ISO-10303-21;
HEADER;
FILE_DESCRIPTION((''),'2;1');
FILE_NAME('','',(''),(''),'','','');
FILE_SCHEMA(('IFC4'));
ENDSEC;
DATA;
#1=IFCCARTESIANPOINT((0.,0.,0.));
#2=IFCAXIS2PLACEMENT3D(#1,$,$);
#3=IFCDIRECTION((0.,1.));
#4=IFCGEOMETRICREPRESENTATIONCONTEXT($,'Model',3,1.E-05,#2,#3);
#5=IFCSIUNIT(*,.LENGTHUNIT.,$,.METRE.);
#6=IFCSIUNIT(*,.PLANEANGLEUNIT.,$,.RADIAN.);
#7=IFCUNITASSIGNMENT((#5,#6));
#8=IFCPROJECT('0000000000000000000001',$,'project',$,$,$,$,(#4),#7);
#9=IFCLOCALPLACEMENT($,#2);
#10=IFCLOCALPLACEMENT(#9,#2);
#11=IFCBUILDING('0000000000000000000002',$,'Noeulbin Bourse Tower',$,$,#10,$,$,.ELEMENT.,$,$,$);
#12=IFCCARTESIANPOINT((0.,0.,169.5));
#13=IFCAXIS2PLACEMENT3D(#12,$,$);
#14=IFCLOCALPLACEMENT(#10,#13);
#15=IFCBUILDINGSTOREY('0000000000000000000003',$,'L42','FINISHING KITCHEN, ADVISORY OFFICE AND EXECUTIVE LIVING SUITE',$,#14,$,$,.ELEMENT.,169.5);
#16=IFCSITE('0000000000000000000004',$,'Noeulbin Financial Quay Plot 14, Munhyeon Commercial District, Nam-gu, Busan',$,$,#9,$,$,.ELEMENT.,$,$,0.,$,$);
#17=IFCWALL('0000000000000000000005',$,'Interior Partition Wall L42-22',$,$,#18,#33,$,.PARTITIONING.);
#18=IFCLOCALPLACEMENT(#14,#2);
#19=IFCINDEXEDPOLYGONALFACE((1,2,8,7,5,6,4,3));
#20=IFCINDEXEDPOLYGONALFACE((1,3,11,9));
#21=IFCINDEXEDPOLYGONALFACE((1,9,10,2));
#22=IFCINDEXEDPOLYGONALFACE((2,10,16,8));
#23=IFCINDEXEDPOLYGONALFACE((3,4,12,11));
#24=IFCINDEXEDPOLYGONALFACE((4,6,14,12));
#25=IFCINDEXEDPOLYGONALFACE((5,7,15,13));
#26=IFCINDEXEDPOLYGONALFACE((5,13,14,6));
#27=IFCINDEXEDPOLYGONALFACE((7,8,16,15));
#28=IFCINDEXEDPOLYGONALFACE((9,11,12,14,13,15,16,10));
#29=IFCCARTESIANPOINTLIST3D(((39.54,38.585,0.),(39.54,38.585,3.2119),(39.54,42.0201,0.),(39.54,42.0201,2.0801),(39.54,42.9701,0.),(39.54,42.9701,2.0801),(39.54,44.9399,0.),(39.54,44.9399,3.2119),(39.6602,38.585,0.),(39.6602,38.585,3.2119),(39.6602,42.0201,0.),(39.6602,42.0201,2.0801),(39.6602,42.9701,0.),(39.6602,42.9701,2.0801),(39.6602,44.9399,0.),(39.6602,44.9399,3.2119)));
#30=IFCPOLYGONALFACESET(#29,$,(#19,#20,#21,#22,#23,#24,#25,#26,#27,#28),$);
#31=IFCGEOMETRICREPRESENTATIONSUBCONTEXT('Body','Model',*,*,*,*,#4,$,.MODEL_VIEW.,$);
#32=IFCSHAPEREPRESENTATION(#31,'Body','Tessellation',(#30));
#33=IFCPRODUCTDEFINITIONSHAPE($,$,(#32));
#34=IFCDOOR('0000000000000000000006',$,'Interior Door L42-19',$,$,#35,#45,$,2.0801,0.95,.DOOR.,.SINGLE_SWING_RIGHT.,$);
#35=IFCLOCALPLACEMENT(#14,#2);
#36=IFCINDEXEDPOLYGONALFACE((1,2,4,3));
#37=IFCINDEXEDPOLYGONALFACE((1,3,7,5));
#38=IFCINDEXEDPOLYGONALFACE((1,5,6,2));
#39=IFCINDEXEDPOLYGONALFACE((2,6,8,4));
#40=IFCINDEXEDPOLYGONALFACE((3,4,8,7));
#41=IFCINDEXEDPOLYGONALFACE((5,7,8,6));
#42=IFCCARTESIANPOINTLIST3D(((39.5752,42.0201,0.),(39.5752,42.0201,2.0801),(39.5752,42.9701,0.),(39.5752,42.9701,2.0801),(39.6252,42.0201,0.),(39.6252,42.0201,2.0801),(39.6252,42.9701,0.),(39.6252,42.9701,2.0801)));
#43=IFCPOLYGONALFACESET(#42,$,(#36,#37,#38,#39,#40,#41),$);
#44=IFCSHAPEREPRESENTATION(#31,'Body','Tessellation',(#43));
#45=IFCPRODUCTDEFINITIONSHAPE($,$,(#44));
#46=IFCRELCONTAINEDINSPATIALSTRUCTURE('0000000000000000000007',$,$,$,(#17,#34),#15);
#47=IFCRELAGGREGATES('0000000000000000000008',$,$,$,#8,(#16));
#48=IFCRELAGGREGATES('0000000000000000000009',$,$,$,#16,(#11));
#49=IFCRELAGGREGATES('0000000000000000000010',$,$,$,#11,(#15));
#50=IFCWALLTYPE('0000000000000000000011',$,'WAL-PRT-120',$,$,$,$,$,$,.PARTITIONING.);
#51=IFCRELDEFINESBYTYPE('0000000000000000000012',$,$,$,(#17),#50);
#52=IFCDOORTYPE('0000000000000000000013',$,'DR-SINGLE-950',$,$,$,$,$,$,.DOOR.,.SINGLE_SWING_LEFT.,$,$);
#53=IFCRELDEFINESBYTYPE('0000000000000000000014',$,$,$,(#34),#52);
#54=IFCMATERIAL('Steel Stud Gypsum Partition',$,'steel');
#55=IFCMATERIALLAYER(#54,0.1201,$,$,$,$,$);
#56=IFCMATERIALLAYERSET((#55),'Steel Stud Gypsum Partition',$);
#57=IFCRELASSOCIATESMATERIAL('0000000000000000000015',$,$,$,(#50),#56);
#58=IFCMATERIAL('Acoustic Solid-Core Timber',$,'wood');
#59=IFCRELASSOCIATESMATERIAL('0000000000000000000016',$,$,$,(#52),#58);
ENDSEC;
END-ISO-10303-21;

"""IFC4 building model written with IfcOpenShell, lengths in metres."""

from ifc_helpers import new_model, si_unit, direction, frame, frame_2d, origin, place, context, subcontext, project, spatial, rectangle, extrude, material, layer, layer_set, type_object, element, fill, save


model = new_model("IFC4")

# Units and contexts
model_context = context("Model", 3, precision=1e-05, world=origin(), true_north=direction((0.0, 1.0)))
body_context = subcontext(model_context, "Body", "Model", "MODEL_VIEW")
ifc_project = project(units=[si_unit("LENGTHUNIT", "METRE"), si_unit("PLANEANGLEUNIT", "RADIAN")], contexts=[model_context])

# Site, building, storey
site_placement = place(None, origin())
site = spatial("IfcSite", under=ifc_project, at=site_placement, Name="Noeulbin Financial Quay Plot 14, Munhyeon Commercial District, Nam-gu, Busan", CompositionType="ELEMENT", RefElevation=0.0)
building_placement = place(site_placement, origin())
building = spatial("IfcBuilding", under=site, at=building_placement, Name="Noeulbin Bourse Tower", CompositionType="ELEMENT")
storey_placement = place(building_placement, frame((0.0, 0.0, 169.5)))
storey = spatial("IfcBuildingStorey", under=building, at=storey_placement, Name="L42", Description="FINISHING KITCHEN, ADVISORY OFFICE AND EXECUTIVE LIVING SUITE", CompositionType="ELEMENT", Elevation=169.5)

# Wall, opening, door
ifc_material_1 = material(Name="Steel Stud Gypsum Partition", Category="steel")
ifc_layer_1 = layer(ifc_material_1, 0.1201)
ifc_layer_set_1 = layer_set([ifc_layer_1], Name="Steel Stud Gypsum Partition")
wall_type = type_object("IfcWallType", Name="WAL-PRT-120", PredefinedType="PARTITIONING", material=ifc_layer_set_1)
wall_placement = place(storey_placement, frame((39.6001, 38.585, 0.0), z_axis=(0.0, 0.0, 1.0), x_axis=(0.0, 1.0, 0.0)))
wall = element("IfcWall", 1, at=wall_placement, inside=storey, type_object=wall_type, Name="Interior Partition Wall L42-22", PredefinedType="PARTITIONING", context=body_context, shape_type="SweptSolid", body=[
    extrude(rectangle(XDim=6.355, YDim=0.1201, at=frame_2d((3.1775, 0.0))), origin(), (0.0, 0.0, 1.0), 3.2119),
])
opening_placement = place(wall_placement, frame((3.4351, 0.0, 0.0)))
opening = element("IfcOpeningElement", 2, at=opening_placement, cuts=wall, PredefinedType="OPENING", context=body_context, shape_type="SweptSolid", body=[
    extrude(rectangle(XDim=0.95, YDim=2.0801, at=frame_2d((0.4751, 1.04))), frame((0.0, 0.0701, 0.0), z_axis=(0.0, -1.0, 0.0), x_axis=(1.0, 0.0, 0.0)), (0.0, 0.0, 1.0), 0.1401),
])
ifc_material_2 = material(Name="Acoustic Solid-Core Timber", Category="wood")
door_type = type_object("IfcDoorType", Name="DR-SINGLE-950", OperationType="SINGLE_SWING_LEFT", PredefinedType="DOOR", material=ifc_material_2)
door_placement = place(opening_placement, origin())
door = element("IfcDoor", 3, at=door_placement, inside=storey, type_object=door_type, Name="Interior Door L42-19", OperationType="SINGLE_SWING_RIGHT", OverallHeight=2.0801, OverallWidth=0.95, PredefinedType="DOOR", context=body_context, shape_type="SweptSolid", body=[
    extrude(rectangle(XDim=0.95, YDim=2.0801, at=frame_2d((0.4751, 1.04))), frame((0.0, 0.0249, 0.0), z_axis=(0.0, -1.0, 0.0), x_axis=(1.0, 0.0, 0.0)), (0.0, 0.0, 1.0), 0.05),
])
fill(opening, door)

save(model, "model.ifc")
